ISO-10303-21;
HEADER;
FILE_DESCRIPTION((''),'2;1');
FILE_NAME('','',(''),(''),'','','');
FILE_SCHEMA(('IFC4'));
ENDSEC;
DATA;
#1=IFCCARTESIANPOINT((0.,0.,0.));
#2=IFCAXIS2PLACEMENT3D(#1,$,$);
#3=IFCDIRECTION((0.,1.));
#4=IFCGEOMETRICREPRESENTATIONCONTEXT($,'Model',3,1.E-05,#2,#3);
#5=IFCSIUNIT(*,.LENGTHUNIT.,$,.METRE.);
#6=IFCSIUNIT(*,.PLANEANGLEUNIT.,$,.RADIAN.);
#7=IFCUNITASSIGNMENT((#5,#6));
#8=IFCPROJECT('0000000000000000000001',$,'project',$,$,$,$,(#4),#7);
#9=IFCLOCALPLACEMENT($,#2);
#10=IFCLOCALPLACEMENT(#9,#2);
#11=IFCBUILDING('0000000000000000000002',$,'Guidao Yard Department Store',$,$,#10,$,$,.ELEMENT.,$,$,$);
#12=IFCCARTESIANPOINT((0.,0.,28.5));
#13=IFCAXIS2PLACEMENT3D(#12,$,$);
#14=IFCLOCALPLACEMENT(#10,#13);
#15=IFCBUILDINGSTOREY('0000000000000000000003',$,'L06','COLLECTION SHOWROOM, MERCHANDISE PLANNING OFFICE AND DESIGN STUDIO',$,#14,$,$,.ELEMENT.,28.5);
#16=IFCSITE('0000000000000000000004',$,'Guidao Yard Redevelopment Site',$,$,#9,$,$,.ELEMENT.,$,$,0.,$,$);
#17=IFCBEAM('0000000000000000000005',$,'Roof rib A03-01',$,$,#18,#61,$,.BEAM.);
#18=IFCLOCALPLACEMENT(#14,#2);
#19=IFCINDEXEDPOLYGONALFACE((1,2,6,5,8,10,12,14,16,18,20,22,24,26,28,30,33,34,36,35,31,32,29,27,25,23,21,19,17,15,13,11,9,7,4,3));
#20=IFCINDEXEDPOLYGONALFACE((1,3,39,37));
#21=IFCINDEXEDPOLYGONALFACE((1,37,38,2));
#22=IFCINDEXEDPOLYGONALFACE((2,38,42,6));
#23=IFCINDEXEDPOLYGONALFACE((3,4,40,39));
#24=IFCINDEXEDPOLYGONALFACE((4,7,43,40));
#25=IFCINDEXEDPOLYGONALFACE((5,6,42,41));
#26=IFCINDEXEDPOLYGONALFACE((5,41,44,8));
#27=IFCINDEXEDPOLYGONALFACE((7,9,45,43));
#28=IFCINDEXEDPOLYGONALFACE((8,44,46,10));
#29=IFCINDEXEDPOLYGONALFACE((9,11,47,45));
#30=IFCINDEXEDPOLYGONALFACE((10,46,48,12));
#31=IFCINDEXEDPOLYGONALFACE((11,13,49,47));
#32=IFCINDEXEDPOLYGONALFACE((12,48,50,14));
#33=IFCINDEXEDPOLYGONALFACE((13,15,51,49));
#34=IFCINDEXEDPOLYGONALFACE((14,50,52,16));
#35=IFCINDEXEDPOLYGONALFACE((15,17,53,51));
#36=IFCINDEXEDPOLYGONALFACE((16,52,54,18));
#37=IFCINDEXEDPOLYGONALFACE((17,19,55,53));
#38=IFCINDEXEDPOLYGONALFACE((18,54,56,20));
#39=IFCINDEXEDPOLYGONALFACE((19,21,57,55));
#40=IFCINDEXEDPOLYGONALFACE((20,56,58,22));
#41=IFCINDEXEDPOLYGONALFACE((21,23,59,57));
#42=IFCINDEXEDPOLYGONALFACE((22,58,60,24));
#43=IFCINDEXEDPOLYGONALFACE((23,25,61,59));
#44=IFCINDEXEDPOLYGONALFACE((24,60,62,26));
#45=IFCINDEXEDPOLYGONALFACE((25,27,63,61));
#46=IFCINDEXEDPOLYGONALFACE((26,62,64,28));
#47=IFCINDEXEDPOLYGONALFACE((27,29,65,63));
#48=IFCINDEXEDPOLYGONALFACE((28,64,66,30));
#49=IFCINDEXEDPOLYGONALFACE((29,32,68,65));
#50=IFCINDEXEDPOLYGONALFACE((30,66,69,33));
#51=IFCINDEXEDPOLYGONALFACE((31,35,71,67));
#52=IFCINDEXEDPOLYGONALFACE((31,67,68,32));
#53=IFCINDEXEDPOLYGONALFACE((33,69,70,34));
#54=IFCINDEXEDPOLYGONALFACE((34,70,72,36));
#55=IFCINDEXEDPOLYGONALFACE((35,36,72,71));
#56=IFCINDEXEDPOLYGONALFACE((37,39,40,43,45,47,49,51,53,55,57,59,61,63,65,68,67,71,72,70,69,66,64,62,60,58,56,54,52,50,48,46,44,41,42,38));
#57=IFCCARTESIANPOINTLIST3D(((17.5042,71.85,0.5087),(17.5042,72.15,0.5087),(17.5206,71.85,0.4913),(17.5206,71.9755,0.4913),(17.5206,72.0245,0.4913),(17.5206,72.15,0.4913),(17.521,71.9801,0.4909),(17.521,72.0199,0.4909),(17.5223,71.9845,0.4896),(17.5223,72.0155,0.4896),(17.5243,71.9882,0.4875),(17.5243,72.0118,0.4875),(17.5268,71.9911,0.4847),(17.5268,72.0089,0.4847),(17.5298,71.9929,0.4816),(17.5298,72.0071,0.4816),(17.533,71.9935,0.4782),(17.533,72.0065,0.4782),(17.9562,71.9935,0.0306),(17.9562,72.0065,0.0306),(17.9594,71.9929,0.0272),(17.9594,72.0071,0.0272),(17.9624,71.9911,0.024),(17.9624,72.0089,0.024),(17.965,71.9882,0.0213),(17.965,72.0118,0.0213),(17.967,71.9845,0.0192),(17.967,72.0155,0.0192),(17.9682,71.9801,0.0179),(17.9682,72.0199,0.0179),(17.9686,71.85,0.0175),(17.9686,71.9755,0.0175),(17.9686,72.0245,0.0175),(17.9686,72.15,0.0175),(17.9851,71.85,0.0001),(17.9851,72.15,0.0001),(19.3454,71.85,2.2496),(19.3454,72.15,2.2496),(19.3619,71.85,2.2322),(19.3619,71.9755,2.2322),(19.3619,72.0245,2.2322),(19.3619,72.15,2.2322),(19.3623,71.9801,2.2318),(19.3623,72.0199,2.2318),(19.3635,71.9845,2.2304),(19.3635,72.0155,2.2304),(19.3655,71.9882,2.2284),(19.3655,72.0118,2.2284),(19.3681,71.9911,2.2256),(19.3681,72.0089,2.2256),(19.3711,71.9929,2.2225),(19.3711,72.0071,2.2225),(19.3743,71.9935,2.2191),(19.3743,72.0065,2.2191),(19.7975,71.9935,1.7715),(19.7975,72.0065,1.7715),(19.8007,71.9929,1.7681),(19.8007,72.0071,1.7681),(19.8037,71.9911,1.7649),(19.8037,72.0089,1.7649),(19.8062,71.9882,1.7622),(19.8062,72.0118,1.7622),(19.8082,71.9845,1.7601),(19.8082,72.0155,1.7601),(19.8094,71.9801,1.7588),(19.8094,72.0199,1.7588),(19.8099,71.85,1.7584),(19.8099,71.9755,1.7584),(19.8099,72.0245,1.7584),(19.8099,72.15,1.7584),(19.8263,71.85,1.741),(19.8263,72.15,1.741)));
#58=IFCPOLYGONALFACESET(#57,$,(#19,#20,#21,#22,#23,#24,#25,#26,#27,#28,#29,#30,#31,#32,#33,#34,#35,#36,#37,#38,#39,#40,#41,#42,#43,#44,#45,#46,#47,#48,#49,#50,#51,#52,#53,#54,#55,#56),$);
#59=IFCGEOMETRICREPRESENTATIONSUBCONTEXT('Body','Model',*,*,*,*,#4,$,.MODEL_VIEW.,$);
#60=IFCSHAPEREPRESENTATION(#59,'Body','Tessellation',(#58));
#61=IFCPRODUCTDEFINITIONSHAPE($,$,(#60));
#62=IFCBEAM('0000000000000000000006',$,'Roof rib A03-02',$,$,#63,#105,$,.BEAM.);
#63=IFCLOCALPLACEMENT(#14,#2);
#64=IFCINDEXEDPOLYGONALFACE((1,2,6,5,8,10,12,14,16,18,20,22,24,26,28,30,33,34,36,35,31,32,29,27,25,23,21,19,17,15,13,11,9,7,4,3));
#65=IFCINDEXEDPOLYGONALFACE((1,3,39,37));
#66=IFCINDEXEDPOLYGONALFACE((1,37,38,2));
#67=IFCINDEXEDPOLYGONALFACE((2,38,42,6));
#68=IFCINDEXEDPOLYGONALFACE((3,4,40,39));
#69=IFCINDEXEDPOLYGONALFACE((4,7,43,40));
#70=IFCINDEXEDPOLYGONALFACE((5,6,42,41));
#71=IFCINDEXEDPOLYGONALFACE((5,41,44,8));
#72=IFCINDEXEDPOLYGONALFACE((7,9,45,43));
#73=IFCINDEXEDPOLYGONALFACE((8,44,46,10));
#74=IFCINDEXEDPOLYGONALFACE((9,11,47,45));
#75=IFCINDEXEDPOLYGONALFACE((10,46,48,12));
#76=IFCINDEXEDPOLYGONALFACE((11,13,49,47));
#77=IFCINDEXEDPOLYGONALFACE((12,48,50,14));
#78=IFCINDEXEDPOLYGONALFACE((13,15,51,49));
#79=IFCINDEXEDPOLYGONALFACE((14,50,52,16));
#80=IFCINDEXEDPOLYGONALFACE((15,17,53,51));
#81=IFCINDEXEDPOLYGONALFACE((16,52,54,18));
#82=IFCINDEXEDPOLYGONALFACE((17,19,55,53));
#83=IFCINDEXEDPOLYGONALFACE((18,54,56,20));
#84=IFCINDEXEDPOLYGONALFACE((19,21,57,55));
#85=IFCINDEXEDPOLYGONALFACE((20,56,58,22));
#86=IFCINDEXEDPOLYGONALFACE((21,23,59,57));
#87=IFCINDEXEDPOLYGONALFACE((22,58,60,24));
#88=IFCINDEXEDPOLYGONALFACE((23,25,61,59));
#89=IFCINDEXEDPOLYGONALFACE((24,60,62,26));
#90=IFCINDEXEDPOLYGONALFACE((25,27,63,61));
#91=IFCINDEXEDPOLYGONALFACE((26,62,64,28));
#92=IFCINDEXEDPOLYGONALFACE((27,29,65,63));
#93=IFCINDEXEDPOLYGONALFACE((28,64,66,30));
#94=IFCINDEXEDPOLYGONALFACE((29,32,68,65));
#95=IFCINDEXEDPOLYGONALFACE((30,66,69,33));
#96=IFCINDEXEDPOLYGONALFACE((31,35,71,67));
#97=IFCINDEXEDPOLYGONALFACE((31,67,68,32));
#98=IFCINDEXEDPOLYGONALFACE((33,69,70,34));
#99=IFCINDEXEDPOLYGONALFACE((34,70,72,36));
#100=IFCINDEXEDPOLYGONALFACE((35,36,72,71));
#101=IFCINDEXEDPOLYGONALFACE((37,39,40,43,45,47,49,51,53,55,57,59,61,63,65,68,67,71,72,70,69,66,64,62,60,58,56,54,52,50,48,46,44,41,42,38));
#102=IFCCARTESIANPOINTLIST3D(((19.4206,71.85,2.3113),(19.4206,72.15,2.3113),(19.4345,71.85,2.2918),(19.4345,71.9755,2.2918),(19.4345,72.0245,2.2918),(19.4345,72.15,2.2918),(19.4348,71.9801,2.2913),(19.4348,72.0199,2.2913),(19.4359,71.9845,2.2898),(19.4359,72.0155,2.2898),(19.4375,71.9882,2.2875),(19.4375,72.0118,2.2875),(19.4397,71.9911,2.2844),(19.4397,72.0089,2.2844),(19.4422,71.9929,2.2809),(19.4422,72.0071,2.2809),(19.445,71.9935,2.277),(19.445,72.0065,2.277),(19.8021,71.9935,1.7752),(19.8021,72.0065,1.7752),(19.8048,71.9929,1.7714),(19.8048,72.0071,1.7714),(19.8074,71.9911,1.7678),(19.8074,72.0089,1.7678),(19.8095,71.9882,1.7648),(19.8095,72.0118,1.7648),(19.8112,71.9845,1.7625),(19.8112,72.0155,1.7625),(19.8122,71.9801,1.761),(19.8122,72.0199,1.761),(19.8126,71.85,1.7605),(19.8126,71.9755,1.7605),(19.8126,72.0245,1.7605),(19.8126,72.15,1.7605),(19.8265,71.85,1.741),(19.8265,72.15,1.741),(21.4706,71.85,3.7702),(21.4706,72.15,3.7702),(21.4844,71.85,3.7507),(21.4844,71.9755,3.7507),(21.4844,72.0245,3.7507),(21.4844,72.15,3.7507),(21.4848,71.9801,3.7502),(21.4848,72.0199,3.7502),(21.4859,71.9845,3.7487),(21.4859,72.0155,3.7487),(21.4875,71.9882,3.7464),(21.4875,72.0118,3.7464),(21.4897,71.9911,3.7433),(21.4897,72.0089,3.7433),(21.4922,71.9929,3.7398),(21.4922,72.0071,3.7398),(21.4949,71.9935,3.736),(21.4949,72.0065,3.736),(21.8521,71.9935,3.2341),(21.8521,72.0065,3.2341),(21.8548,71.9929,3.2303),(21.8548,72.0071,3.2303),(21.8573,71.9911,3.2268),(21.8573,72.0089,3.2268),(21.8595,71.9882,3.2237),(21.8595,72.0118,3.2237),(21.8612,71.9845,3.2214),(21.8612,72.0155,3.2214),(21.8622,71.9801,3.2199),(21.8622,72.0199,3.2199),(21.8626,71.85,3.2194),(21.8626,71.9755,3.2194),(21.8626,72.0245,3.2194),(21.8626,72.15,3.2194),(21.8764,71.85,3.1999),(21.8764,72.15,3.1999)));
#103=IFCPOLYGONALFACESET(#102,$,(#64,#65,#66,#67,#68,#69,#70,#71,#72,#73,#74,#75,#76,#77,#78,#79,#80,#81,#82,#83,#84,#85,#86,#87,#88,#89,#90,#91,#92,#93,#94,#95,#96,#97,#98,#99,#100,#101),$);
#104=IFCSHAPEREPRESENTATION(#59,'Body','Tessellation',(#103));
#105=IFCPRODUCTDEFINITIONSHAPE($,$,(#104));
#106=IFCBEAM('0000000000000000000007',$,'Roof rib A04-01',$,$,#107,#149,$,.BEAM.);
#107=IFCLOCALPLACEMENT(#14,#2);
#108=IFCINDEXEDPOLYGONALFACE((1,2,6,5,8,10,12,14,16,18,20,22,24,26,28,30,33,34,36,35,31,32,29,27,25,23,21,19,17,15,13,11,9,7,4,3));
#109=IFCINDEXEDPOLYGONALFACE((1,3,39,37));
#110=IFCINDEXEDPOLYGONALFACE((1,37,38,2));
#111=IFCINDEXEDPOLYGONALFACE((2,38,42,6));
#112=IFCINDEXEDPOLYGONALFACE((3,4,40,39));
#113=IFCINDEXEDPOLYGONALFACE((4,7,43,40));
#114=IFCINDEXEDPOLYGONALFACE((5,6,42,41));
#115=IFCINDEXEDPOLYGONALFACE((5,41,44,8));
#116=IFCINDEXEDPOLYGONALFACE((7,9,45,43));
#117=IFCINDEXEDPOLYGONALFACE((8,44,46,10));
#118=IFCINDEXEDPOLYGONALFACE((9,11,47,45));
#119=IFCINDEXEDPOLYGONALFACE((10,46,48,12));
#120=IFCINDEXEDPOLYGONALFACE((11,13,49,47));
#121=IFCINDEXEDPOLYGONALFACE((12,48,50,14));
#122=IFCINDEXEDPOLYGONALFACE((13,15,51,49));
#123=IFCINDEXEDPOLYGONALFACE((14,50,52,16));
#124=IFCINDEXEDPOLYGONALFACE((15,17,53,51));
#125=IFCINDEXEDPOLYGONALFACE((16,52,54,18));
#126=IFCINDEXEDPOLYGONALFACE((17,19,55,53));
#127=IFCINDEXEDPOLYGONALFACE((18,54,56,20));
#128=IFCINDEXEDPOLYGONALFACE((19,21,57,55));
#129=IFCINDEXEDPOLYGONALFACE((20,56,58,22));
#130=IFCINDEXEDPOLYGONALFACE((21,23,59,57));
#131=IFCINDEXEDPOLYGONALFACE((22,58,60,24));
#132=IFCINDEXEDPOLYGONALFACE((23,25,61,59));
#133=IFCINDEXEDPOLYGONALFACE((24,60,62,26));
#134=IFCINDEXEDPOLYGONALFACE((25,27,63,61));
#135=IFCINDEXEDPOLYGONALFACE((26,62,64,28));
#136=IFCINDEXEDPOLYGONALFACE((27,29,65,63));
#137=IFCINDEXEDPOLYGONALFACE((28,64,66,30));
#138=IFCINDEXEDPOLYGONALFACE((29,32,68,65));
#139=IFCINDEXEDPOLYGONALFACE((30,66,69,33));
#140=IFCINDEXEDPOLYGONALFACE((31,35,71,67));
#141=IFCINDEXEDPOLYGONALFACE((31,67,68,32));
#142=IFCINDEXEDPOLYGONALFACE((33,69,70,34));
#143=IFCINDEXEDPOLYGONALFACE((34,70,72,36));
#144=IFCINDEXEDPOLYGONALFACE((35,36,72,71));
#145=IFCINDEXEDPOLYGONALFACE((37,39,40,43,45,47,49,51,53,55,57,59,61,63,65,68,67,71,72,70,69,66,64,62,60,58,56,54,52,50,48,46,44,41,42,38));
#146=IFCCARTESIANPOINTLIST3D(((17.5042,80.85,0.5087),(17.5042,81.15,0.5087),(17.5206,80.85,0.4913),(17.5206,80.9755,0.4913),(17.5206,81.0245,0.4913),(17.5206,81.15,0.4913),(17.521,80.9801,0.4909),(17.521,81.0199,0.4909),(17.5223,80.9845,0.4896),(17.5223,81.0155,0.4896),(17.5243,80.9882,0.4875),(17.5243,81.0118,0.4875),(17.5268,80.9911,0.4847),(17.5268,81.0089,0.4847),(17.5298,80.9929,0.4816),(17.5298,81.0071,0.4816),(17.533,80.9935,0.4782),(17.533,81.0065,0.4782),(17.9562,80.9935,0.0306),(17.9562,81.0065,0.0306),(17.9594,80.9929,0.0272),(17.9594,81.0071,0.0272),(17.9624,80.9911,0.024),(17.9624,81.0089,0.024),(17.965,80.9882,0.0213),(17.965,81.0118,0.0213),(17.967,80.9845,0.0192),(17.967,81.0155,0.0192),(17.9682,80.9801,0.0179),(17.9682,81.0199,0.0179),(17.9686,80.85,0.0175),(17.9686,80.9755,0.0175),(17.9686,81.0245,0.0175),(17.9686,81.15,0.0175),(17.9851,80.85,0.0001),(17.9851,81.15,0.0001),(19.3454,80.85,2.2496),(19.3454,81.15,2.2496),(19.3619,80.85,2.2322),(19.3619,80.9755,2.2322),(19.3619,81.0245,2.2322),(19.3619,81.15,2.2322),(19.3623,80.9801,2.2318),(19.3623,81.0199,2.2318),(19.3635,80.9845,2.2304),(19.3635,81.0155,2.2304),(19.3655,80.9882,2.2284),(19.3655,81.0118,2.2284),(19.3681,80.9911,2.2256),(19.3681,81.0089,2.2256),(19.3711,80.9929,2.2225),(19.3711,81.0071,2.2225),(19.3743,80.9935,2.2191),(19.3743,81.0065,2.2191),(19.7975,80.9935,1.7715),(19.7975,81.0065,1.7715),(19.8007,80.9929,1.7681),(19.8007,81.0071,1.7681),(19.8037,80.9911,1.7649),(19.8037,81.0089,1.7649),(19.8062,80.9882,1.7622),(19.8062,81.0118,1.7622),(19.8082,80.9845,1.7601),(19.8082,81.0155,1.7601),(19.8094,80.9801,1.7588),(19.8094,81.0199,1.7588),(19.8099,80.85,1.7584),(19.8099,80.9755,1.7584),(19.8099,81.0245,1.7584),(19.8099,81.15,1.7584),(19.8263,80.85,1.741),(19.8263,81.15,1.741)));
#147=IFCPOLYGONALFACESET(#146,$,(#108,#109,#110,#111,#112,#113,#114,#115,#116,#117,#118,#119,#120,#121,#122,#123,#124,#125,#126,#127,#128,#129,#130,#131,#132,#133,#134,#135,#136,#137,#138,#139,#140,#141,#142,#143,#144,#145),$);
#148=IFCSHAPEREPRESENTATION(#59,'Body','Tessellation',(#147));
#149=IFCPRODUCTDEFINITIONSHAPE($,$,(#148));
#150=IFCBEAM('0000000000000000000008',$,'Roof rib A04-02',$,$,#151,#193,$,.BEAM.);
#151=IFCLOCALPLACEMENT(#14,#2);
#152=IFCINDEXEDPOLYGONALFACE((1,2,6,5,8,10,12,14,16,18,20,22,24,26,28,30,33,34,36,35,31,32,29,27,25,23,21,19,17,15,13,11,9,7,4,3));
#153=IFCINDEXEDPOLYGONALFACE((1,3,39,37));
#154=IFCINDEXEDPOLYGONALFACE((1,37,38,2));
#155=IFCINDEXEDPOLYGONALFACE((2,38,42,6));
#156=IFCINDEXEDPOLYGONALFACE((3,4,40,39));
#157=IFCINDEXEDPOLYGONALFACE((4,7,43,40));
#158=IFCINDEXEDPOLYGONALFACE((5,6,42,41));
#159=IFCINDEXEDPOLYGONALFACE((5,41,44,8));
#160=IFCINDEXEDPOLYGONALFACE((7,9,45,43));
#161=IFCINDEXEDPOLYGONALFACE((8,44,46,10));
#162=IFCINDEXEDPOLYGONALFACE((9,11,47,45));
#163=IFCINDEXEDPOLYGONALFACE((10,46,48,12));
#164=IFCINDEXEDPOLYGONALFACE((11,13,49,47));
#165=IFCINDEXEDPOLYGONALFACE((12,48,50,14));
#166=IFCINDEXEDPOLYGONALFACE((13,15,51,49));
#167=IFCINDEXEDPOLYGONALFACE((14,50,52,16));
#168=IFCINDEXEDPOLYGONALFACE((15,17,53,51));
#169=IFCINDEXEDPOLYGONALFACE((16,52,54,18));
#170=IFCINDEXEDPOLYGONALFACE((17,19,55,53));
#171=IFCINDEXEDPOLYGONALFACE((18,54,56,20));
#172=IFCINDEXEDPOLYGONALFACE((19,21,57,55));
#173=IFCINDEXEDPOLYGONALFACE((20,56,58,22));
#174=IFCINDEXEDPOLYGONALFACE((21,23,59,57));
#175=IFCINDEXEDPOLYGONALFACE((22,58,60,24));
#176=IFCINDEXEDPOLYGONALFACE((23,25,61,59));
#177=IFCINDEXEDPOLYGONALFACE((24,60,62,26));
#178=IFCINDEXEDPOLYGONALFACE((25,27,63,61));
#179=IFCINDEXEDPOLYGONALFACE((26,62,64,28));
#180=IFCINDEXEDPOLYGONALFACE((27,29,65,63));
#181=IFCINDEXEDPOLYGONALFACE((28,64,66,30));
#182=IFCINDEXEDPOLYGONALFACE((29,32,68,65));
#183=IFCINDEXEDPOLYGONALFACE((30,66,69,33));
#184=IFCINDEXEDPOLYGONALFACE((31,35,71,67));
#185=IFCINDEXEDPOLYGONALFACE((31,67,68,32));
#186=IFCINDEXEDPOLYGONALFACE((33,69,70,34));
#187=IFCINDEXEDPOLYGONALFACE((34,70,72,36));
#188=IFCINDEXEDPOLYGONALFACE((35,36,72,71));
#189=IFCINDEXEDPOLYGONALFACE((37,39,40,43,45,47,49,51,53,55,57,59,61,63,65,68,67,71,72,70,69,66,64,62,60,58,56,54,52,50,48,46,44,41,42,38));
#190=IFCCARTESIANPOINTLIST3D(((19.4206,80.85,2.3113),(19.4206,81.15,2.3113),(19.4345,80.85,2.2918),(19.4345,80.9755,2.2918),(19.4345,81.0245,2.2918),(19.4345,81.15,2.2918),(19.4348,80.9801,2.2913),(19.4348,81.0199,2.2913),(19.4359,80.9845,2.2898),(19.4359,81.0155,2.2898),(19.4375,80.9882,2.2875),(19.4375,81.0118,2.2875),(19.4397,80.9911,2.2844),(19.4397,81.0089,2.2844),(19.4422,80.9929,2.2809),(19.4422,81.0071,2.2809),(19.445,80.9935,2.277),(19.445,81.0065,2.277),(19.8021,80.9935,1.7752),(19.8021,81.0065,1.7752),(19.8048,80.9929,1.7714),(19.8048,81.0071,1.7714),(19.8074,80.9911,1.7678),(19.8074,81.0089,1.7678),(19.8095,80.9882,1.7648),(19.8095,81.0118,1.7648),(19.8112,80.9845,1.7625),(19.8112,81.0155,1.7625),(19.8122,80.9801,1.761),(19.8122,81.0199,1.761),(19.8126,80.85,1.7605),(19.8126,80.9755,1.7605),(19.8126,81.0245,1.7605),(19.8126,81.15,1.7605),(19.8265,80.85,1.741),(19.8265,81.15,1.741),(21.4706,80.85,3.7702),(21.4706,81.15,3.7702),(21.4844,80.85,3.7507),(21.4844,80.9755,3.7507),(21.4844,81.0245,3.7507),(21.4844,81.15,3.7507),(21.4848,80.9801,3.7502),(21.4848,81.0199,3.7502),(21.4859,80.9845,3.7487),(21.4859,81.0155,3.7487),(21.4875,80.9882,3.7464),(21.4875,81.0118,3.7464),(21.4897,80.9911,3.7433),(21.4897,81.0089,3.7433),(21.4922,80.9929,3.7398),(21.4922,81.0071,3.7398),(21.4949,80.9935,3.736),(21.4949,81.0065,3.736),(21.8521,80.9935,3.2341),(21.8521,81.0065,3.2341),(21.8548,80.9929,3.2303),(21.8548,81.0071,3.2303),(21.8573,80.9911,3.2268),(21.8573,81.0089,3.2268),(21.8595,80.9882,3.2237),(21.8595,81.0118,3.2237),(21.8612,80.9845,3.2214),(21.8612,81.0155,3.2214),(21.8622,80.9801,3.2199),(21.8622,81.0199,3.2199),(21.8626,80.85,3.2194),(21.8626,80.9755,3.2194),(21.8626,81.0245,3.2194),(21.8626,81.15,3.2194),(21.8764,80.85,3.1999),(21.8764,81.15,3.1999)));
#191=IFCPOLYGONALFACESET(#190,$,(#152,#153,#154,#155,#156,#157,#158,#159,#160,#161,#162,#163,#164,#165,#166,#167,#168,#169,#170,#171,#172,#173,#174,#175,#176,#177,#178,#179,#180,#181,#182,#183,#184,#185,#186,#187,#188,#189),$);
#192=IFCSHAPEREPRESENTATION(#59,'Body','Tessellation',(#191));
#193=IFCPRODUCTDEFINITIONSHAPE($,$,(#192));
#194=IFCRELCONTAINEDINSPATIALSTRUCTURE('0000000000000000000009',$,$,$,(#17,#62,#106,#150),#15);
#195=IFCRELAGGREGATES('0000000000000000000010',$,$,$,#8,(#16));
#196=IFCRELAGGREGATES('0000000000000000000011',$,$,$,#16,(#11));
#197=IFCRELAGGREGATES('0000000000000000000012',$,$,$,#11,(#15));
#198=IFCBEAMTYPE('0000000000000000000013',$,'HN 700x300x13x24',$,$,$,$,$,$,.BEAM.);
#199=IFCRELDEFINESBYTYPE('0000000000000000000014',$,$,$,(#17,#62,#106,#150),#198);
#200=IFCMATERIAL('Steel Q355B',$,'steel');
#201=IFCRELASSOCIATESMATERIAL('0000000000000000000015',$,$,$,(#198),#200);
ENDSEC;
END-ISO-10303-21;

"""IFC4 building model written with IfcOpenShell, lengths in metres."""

from ifc_helpers import new_model, si_unit, direction, frame, origin, origin_2d, place, context, subcontext, project, spatial, i_section, extrude, material, material_profile, profile_set, type_object, element, save


model = new_model("IFC4")

# Units and contexts
model_context = context("Model", 3, precision=1e-05, world=origin(), true_north=direction((0.0, 1.0)))
body_context = subcontext(model_context, "Body", "Model", "MODEL_VIEW")
ifc_project = project(units=[si_unit("LENGTHUNIT", "METRE"), si_unit("PLANEANGLEUNIT", "RADIAN")], contexts=[model_context])

# Site, building, storey
site_placement = place(None, origin())
site = spatial("IfcSite", under=ifc_project, at=site_placement, Name="Guidao Yard Redevelopment Site", CompositionType="ELEMENT", RefElevation=0.0)
building_placement = place(site_placement, origin())
building = spatial("IfcBuilding", under=site, at=building_placement, Name="Guidao Yard Department Store", CompositionType="ELEMENT")
storey_placement = place(building_placement, frame((0.0, 0.0, 28.5)))
storey = spatial("IfcBuildingStorey", under=building, at=storey_placement, Name="L06", Description="COLLECTION SHOWROOM, MERCHANDISE PLANNING OFFICE AND DESIGN STUDIO", CompositionType="ELEMENT", Elevation=28.5)

# Beams
ifc_material_1 = material(Name="Steel Q355B", Category="steel")
ifc_material_profile_1 = material_profile(ifc_material_1, i_section(OverallWidth=0.3, OverallDepth=0.7, WebThickness=0.0129, FlangeThickness=0.0239, FilletRadius=0.0181, at=origin_2d()), Name="HN 700x300x13x24")
ifc_profile_set_1 = profile_set([ifc_material_profile_1], Name="Steel Q355B")
beam_type_1 = type_object("IfcBeamType", Name="HN 700x300x13x24", PredefinedType="BEAM", material=ifc_profile_set_1)
beam_1_placement = place(storey_placement, frame((17.7446, 72.0, 0.2544), z_axis=(0.726628, 0.0, 0.687031), x_axis=(0.0, 1.0, 0.0)))
element("IfcBeam", 1, at=beam_1_placement, inside=storey, type_object=beam_type_1, Name="Roof rib A03-01", PredefinedType="BEAM", context=body_context, shape_type="SweptSolid", body=[
    extrude(i_section(OverallWidth=0.3, OverallDepth=0.7, WebThickness=0.0129, FlangeThickness=0.0239, FilletRadius=0.0181, at=origin_2d()), origin(), (0.0, 0.0, 1.0), 2.5339),
])
beam_2_placement = place(storey_placement, frame((19.6235, 72.0, 2.0261), z_axis=(0.814735, 0.0, 0.579833), x_axis=(0.0, 1.0, 0.0)))
element("IfcBeam", 2, at=beam_2_placement, inside=storey, type_object=beam_type_1, Name="Roof rib A03-02", PredefinedType="BEAM", context=body_context, shape_type="SweptSolid", body=[
    extrude(i_section(OverallWidth=0.3, OverallDepth=0.7, WebThickness=0.0129, FlangeThickness=0.0239, FilletRadius=0.0181, at=origin_2d()), origin(), (0.0, 0.0, 1.0), 2.5161),
])
beam_3_placement = place(storey_placement, frame((17.7446, 81.0, 0.2544), z_axis=(0.726628, 0.0, 0.687031), x_axis=(0.0, 1.0, 0.0)))
element("IfcBeam", 3, at=beam_3_placement, inside=storey, type_object=beam_type_1, Name="Roof rib A04-01", PredefinedType="BEAM", context=body_context, shape_type="SweptSolid", body=[
    extrude(i_section(OverallWidth=0.3, OverallDepth=0.7, WebThickness=0.0129, FlangeThickness=0.0239, FilletRadius=0.0181, at=origin_2d()), origin(), (0.0, 0.0, 1.0), 2.5339),
])
beam_4_placement = place(storey_placement, frame((19.6235, 81.0, 2.0261), z_axis=(0.814735, 0.0, 0.579833), x_axis=(0.0, 1.0, 0.0)))
element("IfcBeam", 4, at=beam_4_placement, inside=storey, type_object=beam_type_1, Name="Roof rib A04-02", PredefinedType="BEAM", context=body_context, shape_type="SweptSolid", body=[
    extrude(i_section(OverallWidth=0.3, OverallDepth=0.7, WebThickness=0.0129, FlangeThickness=0.0239, FilletRadius=0.0181, at=origin_2d()), origin(), (0.0, 0.0, 1.0), 2.5161),
])

save(model, "model.ifc")
